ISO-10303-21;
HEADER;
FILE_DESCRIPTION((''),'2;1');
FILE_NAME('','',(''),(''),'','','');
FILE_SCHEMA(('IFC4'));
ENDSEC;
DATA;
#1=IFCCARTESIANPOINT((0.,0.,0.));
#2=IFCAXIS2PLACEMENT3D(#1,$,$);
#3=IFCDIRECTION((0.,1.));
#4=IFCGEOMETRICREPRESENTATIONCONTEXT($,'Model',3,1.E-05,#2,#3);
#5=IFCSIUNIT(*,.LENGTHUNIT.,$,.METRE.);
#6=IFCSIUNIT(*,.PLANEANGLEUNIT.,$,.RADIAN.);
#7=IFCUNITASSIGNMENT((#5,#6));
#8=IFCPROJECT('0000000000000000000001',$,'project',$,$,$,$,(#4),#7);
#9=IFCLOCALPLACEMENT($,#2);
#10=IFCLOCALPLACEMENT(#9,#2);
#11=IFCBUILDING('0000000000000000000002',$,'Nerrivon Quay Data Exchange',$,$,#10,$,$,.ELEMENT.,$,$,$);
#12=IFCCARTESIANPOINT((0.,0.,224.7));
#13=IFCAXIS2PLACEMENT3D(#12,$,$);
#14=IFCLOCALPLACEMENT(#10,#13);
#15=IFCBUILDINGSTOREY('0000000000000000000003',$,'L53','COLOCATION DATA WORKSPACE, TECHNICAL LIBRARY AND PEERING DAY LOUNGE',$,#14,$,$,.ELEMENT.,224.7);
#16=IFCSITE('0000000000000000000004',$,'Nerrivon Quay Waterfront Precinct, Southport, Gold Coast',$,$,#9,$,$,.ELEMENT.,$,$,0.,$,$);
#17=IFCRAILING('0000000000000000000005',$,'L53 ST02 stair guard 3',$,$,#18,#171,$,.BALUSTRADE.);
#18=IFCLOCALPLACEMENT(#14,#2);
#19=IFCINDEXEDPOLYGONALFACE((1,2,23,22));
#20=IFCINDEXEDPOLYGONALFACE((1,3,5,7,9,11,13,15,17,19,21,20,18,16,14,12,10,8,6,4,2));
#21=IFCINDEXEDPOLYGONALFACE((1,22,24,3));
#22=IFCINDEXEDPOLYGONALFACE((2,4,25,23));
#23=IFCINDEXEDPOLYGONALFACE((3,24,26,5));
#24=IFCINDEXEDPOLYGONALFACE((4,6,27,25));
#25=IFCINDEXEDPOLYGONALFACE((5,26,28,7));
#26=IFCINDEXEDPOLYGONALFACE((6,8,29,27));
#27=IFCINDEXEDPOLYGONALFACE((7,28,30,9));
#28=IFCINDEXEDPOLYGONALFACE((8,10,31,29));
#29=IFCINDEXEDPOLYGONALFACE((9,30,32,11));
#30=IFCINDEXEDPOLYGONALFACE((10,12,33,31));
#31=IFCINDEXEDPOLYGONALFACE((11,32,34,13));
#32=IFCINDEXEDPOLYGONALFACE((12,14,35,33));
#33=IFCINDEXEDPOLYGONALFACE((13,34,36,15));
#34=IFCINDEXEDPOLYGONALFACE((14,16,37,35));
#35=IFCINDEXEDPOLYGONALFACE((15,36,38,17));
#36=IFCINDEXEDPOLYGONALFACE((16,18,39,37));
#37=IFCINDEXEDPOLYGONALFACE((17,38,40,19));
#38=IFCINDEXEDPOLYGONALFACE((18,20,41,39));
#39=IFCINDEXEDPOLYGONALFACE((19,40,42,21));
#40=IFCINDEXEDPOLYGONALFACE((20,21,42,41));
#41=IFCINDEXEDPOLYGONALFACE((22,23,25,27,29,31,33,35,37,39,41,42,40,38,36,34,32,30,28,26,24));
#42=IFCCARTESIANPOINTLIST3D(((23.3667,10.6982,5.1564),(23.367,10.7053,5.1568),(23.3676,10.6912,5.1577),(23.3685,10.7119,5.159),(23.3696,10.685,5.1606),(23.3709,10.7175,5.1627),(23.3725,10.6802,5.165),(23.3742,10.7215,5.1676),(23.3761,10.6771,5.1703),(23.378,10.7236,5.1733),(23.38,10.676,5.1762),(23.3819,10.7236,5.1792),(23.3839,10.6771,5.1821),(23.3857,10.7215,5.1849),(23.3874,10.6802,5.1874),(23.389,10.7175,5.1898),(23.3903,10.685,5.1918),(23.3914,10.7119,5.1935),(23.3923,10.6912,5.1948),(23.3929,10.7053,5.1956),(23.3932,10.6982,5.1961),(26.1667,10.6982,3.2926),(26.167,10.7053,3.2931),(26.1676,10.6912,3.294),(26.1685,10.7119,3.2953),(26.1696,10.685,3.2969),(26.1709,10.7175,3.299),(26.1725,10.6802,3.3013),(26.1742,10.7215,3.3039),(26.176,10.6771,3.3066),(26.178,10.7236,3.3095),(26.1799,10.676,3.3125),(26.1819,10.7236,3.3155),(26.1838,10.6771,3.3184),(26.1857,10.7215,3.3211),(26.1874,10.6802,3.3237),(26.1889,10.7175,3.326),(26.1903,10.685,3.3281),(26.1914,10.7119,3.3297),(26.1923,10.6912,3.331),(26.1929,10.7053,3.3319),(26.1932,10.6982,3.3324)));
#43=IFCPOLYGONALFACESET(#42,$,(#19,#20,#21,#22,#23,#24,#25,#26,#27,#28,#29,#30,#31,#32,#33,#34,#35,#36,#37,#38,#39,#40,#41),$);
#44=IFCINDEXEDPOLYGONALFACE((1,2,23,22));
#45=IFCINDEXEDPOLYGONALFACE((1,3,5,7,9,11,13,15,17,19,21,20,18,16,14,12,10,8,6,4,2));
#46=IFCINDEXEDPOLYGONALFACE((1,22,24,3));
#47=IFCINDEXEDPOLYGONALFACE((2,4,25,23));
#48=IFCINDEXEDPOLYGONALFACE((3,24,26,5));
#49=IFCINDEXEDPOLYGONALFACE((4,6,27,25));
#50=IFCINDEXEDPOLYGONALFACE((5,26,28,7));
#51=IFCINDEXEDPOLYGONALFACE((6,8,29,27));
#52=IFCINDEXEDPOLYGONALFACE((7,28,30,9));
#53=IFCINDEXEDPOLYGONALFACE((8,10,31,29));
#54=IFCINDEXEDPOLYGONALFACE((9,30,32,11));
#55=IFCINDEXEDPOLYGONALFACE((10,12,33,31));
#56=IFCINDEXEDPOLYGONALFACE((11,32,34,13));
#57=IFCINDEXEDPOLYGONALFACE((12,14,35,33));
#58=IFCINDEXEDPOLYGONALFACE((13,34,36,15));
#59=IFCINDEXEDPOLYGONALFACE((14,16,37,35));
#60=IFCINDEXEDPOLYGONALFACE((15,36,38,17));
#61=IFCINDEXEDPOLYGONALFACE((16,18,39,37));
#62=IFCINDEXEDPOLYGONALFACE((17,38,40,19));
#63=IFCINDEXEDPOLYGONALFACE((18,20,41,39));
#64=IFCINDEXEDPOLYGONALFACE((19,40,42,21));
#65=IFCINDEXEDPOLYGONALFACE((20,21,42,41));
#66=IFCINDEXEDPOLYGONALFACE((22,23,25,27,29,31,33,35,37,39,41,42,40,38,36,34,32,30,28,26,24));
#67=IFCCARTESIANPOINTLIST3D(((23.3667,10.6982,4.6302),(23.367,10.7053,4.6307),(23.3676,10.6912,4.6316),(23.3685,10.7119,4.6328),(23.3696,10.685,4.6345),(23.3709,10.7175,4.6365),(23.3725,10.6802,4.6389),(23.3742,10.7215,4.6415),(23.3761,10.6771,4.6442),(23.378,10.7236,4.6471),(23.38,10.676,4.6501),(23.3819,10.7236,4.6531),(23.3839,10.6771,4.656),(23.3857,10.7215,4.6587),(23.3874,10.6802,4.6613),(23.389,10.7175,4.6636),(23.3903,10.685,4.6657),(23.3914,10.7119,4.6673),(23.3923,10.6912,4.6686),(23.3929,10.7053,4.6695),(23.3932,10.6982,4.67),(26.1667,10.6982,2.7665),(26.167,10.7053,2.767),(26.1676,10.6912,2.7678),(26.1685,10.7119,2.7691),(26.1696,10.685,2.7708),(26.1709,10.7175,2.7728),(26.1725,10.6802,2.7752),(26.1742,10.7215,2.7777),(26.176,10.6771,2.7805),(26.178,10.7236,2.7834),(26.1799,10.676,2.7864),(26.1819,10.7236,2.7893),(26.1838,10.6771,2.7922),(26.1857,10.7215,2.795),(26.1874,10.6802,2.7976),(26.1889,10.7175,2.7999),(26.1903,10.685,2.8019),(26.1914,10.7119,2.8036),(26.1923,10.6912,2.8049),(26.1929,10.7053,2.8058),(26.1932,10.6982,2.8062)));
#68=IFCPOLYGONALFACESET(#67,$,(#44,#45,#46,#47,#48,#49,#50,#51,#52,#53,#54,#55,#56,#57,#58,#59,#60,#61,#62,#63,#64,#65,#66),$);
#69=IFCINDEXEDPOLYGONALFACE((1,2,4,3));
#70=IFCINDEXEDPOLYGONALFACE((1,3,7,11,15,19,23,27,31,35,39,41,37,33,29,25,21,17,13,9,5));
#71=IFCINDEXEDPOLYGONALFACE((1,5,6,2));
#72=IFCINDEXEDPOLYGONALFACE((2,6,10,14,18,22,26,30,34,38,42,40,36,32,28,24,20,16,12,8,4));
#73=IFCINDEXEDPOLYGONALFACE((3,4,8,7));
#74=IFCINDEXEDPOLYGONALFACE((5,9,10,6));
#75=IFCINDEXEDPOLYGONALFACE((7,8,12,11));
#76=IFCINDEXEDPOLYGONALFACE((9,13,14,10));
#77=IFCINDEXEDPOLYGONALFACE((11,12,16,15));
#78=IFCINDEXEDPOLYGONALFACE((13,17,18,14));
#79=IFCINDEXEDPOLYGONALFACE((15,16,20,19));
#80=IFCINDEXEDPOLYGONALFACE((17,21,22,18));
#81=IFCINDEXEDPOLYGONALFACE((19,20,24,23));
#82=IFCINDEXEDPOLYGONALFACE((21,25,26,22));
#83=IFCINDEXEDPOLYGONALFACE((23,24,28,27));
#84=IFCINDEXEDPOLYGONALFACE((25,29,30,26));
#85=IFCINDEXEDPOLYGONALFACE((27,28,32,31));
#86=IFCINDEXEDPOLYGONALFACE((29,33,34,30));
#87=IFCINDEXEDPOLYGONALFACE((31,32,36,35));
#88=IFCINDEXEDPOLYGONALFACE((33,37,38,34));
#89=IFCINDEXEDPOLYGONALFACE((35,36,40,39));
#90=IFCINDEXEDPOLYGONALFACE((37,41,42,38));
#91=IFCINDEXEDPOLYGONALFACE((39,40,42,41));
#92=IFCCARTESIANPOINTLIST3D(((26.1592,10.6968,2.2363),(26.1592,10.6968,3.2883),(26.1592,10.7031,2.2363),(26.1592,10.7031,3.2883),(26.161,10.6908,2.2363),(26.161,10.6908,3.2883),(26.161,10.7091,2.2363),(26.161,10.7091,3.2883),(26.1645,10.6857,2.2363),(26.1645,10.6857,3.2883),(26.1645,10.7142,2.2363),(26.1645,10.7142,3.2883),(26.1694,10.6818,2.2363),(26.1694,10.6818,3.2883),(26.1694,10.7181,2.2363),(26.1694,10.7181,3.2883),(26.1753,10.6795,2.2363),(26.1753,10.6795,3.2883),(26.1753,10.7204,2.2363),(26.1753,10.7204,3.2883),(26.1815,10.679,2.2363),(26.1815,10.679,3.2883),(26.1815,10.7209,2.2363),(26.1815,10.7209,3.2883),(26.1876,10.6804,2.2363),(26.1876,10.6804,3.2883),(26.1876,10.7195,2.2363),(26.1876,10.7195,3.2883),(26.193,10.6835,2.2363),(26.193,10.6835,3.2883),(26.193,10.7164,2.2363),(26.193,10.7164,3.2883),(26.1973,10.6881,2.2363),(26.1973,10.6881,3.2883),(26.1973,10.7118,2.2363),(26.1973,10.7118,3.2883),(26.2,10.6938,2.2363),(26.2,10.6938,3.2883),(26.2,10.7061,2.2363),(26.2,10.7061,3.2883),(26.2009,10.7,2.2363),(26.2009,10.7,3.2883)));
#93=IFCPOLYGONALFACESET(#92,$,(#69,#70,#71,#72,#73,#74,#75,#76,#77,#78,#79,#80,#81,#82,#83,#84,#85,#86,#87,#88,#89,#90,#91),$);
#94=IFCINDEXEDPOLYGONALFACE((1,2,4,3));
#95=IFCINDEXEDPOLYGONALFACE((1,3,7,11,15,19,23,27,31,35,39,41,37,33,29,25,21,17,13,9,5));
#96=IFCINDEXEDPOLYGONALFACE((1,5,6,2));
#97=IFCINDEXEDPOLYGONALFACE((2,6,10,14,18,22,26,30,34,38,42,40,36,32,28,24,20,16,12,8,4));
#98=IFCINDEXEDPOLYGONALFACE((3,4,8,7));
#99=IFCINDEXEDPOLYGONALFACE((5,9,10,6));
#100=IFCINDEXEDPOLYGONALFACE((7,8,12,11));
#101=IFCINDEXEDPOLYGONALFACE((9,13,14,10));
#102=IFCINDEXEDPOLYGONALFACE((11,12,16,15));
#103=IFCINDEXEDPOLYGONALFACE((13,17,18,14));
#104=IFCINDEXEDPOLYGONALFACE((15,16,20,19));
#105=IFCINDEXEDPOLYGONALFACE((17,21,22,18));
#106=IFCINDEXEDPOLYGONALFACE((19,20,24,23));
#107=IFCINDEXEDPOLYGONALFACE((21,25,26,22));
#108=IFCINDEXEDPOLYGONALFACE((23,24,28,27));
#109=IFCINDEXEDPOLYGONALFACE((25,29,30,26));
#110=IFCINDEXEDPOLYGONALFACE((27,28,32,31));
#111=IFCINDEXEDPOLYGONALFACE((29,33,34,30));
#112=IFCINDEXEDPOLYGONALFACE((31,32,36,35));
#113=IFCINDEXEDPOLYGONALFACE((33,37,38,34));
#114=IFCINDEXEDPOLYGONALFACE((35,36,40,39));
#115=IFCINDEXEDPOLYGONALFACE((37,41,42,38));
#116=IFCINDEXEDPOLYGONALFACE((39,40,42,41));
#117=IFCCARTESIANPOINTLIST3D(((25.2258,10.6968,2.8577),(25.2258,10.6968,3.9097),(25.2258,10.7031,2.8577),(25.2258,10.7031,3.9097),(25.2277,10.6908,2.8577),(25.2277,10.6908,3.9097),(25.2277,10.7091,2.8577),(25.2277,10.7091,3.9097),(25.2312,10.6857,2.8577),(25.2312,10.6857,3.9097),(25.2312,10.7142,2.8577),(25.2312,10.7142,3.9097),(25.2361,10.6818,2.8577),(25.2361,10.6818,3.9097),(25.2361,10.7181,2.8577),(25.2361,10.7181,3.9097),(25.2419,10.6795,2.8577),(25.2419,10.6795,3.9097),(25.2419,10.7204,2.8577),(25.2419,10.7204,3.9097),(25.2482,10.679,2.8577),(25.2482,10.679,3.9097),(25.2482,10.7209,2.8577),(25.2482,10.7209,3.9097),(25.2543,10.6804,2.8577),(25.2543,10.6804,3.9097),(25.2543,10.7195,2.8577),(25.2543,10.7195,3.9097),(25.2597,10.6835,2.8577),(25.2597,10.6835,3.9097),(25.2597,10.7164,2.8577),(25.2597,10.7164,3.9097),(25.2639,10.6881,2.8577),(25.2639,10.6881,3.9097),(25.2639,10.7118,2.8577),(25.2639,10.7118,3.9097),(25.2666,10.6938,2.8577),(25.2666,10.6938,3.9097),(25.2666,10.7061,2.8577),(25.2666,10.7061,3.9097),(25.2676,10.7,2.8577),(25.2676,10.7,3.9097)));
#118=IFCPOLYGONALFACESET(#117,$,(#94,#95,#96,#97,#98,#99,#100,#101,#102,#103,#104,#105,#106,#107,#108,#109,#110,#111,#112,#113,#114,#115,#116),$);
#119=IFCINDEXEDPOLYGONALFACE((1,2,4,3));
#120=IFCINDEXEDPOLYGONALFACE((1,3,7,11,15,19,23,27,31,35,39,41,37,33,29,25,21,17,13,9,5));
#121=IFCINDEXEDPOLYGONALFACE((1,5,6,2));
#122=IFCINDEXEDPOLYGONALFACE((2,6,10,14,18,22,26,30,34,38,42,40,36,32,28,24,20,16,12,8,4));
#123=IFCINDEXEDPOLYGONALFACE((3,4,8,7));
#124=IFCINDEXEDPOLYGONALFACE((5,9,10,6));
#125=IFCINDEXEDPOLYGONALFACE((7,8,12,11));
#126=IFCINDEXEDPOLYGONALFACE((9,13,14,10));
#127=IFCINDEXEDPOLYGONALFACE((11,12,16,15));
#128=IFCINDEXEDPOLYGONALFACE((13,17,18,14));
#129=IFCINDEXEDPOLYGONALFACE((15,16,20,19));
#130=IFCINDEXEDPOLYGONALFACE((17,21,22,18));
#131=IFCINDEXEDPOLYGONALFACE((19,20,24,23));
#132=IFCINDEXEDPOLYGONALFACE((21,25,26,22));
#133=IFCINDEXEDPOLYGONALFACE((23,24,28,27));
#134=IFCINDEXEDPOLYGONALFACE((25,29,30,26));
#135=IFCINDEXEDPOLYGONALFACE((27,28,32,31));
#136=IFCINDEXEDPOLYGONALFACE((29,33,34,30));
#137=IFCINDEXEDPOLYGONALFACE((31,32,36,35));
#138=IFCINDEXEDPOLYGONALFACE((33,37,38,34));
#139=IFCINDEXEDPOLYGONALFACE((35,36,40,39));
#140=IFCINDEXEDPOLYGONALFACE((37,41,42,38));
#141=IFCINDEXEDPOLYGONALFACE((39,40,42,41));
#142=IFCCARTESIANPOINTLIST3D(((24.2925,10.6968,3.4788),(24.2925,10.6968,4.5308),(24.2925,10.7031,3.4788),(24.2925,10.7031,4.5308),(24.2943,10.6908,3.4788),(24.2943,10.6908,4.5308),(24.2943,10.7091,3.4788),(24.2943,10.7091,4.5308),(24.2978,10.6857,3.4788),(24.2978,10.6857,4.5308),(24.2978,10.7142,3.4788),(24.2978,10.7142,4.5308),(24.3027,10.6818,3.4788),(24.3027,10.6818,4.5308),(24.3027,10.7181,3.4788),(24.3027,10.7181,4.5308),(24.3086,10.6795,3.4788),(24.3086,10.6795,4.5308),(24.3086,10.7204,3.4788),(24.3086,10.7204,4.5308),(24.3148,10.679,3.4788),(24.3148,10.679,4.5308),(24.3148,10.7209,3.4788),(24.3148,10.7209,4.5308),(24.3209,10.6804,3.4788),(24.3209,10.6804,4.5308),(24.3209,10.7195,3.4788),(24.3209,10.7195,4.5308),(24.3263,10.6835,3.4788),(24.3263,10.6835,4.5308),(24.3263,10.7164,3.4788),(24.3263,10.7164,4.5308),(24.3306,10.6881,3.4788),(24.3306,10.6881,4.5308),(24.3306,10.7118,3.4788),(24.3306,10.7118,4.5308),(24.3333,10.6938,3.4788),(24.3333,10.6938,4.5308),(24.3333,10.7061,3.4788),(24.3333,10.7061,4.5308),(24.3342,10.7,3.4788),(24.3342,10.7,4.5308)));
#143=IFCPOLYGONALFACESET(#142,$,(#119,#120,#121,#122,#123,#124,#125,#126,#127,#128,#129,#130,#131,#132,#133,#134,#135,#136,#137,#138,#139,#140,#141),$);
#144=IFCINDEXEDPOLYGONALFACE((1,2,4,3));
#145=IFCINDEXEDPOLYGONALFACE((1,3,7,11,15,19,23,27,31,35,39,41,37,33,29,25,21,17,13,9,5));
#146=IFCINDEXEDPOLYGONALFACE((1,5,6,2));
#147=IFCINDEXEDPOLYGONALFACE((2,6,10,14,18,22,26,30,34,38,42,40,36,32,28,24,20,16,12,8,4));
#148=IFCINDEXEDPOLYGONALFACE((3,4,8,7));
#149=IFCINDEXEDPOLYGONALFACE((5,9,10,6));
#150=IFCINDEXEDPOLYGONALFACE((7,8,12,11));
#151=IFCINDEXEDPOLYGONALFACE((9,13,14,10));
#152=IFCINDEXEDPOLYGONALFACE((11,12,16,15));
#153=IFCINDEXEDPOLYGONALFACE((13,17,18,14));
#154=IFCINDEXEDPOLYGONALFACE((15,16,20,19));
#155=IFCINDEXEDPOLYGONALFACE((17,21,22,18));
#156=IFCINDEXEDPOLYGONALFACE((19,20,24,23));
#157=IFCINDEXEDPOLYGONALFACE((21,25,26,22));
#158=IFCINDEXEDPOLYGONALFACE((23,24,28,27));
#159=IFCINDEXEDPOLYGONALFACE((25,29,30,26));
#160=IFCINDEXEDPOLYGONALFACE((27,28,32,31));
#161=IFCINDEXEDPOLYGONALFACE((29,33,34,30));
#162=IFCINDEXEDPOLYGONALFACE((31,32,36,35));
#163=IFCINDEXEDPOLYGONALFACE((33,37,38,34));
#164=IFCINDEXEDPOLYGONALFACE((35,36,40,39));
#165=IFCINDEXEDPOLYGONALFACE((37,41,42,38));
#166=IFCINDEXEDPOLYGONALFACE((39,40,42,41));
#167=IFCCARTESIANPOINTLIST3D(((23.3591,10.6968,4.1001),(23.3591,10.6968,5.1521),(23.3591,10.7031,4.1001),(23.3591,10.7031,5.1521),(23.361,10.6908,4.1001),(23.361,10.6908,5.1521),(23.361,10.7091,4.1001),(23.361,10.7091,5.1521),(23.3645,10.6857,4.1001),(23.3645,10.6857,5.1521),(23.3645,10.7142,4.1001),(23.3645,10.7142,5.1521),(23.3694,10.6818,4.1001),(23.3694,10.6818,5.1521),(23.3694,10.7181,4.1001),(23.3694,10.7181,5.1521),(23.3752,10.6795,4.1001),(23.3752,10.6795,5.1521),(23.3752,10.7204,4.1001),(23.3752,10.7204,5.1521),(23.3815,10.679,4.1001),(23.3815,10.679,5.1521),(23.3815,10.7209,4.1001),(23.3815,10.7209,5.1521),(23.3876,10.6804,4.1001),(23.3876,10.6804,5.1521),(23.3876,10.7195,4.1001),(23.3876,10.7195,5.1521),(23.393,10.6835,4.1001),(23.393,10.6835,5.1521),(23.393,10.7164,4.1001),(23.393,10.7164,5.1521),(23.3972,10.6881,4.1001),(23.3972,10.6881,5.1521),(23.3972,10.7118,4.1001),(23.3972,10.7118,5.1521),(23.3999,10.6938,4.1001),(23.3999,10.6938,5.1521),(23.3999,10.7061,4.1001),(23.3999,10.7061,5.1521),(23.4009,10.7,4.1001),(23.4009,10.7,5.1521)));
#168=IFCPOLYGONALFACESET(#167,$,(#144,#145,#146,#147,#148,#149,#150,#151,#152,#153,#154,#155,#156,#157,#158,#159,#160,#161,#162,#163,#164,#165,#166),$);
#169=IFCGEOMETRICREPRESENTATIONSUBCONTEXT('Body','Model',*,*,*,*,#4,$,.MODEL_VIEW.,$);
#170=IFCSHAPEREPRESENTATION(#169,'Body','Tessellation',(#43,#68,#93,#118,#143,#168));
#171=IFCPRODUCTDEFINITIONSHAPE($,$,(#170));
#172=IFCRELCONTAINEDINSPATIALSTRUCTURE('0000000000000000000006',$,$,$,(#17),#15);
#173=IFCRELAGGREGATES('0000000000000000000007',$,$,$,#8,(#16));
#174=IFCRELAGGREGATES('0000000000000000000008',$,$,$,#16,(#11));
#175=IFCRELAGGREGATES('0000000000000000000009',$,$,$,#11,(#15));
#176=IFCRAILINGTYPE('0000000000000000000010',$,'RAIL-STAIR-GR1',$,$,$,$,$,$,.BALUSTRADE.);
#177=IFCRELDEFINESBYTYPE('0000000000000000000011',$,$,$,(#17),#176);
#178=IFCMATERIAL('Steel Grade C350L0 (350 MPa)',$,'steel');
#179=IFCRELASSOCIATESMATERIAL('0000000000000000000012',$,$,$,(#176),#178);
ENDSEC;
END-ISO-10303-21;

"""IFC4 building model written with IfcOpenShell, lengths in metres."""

from ifc_helpers import new_model, si_unit, direction, frame, origin, origin_2d, place, context, subcontext, project, spatial, circle, extrude, material, type_object, element, save


model = new_model("IFC4")

# Units and contexts
model_context = context("Model", 3, precision=1e-05, world=origin(), true_north=direction((0.0, 1.0)))
body_context = subcontext(model_context, "Body", "Model", "MODEL_VIEW")
ifc_project = project(units=[si_unit("LENGTHUNIT", "METRE"), si_unit("PLANEANGLEUNIT", "RADIAN")], contexts=[model_context])

# Site, building, storey
site_placement = place(None, origin())
site = spatial("IfcSite", under=ifc_project, at=site_placement, Name="Nerrivon Quay Waterfront Precinct, Southport, Gold Coast", CompositionType="ELEMENT", RefElevation=0.0)
building_placement = place(site_placement, origin())
building = spatial("IfcBuilding", under=site, at=building_placement, Name="Nerrivon Quay Data Exchange", CompositionType="ELEMENT")
storey_placement = place(building_placement, frame((0.0, 0.0, 224.7)))
storey = spatial("IfcBuildingStorey", under=building, at=storey_placement, Name="L53", Description="COLOCATION DATA WORKSPACE, TECHNICAL LIBRARY AND PEERING DAY LOUNGE", CompositionType="ELEMENT", Elevation=224.7)

# Railing
ifc_material_1 = material(Name="Steel Grade C350L0 (350 MPa)", Category="steel")
railing_type_1 = type_object("IfcRailingType", Name="RAIL-STAIR-GR1", PredefinedType="BALUSTRADE", material=ifc_material_1)
railing_1_placement = place(storey_placement, frame((26.1799, 10.7, 2.2363)))
element("IfcRailing", 1, at=railing_1_placement, inside=storey, type_object=railing_type_1, Name="L53 ST02 stair guard 3", PredefinedType="BALUSTRADE", context=body_context, shape_type="SweptSolid", body=[
    extrude(circle(Radius=0.0239, at=origin_2d()), frame((0.0, 0.0, 1.0762), z_axis=(-0.832452, 0.0, 0.554097), x_axis=(0.0, -1.0, 0.0)), (0.0, 0.0, 1.0), 3.3635),
    extrude(circle(Radius=0.0239, at=origin_2d()), frame((0.0, 0.0, 0.55), z_axis=(-0.832452, 0.0, 0.554097), x_axis=(0.0, -1.0, 0.0)), (0.0, 0.0, 1.0), 3.3635),
    extrude(circle(Radius=0.021, at=origin_2d()), origin(), (0.0, 0.0, 1.0), 1.052),
    extrude(circle(Radius=0.021, at=origin_2d()), frame((-0.9333, 0.0, 0.6213)), (0.0, 0.0, 1.0), 1.052),
    extrude(circle(Radius=0.021, at=origin_2d()), frame((-1.8667, 0.0, 1.2424)), (0.0, 0.0, 1.0), 1.052),
    extrude(circle(Radius=0.021, at=origin_2d()), frame((-2.8, 0.0, 1.8638)), (0.0, 0.0, 1.0), 1.052),
])

save(model, "model.ifc")
